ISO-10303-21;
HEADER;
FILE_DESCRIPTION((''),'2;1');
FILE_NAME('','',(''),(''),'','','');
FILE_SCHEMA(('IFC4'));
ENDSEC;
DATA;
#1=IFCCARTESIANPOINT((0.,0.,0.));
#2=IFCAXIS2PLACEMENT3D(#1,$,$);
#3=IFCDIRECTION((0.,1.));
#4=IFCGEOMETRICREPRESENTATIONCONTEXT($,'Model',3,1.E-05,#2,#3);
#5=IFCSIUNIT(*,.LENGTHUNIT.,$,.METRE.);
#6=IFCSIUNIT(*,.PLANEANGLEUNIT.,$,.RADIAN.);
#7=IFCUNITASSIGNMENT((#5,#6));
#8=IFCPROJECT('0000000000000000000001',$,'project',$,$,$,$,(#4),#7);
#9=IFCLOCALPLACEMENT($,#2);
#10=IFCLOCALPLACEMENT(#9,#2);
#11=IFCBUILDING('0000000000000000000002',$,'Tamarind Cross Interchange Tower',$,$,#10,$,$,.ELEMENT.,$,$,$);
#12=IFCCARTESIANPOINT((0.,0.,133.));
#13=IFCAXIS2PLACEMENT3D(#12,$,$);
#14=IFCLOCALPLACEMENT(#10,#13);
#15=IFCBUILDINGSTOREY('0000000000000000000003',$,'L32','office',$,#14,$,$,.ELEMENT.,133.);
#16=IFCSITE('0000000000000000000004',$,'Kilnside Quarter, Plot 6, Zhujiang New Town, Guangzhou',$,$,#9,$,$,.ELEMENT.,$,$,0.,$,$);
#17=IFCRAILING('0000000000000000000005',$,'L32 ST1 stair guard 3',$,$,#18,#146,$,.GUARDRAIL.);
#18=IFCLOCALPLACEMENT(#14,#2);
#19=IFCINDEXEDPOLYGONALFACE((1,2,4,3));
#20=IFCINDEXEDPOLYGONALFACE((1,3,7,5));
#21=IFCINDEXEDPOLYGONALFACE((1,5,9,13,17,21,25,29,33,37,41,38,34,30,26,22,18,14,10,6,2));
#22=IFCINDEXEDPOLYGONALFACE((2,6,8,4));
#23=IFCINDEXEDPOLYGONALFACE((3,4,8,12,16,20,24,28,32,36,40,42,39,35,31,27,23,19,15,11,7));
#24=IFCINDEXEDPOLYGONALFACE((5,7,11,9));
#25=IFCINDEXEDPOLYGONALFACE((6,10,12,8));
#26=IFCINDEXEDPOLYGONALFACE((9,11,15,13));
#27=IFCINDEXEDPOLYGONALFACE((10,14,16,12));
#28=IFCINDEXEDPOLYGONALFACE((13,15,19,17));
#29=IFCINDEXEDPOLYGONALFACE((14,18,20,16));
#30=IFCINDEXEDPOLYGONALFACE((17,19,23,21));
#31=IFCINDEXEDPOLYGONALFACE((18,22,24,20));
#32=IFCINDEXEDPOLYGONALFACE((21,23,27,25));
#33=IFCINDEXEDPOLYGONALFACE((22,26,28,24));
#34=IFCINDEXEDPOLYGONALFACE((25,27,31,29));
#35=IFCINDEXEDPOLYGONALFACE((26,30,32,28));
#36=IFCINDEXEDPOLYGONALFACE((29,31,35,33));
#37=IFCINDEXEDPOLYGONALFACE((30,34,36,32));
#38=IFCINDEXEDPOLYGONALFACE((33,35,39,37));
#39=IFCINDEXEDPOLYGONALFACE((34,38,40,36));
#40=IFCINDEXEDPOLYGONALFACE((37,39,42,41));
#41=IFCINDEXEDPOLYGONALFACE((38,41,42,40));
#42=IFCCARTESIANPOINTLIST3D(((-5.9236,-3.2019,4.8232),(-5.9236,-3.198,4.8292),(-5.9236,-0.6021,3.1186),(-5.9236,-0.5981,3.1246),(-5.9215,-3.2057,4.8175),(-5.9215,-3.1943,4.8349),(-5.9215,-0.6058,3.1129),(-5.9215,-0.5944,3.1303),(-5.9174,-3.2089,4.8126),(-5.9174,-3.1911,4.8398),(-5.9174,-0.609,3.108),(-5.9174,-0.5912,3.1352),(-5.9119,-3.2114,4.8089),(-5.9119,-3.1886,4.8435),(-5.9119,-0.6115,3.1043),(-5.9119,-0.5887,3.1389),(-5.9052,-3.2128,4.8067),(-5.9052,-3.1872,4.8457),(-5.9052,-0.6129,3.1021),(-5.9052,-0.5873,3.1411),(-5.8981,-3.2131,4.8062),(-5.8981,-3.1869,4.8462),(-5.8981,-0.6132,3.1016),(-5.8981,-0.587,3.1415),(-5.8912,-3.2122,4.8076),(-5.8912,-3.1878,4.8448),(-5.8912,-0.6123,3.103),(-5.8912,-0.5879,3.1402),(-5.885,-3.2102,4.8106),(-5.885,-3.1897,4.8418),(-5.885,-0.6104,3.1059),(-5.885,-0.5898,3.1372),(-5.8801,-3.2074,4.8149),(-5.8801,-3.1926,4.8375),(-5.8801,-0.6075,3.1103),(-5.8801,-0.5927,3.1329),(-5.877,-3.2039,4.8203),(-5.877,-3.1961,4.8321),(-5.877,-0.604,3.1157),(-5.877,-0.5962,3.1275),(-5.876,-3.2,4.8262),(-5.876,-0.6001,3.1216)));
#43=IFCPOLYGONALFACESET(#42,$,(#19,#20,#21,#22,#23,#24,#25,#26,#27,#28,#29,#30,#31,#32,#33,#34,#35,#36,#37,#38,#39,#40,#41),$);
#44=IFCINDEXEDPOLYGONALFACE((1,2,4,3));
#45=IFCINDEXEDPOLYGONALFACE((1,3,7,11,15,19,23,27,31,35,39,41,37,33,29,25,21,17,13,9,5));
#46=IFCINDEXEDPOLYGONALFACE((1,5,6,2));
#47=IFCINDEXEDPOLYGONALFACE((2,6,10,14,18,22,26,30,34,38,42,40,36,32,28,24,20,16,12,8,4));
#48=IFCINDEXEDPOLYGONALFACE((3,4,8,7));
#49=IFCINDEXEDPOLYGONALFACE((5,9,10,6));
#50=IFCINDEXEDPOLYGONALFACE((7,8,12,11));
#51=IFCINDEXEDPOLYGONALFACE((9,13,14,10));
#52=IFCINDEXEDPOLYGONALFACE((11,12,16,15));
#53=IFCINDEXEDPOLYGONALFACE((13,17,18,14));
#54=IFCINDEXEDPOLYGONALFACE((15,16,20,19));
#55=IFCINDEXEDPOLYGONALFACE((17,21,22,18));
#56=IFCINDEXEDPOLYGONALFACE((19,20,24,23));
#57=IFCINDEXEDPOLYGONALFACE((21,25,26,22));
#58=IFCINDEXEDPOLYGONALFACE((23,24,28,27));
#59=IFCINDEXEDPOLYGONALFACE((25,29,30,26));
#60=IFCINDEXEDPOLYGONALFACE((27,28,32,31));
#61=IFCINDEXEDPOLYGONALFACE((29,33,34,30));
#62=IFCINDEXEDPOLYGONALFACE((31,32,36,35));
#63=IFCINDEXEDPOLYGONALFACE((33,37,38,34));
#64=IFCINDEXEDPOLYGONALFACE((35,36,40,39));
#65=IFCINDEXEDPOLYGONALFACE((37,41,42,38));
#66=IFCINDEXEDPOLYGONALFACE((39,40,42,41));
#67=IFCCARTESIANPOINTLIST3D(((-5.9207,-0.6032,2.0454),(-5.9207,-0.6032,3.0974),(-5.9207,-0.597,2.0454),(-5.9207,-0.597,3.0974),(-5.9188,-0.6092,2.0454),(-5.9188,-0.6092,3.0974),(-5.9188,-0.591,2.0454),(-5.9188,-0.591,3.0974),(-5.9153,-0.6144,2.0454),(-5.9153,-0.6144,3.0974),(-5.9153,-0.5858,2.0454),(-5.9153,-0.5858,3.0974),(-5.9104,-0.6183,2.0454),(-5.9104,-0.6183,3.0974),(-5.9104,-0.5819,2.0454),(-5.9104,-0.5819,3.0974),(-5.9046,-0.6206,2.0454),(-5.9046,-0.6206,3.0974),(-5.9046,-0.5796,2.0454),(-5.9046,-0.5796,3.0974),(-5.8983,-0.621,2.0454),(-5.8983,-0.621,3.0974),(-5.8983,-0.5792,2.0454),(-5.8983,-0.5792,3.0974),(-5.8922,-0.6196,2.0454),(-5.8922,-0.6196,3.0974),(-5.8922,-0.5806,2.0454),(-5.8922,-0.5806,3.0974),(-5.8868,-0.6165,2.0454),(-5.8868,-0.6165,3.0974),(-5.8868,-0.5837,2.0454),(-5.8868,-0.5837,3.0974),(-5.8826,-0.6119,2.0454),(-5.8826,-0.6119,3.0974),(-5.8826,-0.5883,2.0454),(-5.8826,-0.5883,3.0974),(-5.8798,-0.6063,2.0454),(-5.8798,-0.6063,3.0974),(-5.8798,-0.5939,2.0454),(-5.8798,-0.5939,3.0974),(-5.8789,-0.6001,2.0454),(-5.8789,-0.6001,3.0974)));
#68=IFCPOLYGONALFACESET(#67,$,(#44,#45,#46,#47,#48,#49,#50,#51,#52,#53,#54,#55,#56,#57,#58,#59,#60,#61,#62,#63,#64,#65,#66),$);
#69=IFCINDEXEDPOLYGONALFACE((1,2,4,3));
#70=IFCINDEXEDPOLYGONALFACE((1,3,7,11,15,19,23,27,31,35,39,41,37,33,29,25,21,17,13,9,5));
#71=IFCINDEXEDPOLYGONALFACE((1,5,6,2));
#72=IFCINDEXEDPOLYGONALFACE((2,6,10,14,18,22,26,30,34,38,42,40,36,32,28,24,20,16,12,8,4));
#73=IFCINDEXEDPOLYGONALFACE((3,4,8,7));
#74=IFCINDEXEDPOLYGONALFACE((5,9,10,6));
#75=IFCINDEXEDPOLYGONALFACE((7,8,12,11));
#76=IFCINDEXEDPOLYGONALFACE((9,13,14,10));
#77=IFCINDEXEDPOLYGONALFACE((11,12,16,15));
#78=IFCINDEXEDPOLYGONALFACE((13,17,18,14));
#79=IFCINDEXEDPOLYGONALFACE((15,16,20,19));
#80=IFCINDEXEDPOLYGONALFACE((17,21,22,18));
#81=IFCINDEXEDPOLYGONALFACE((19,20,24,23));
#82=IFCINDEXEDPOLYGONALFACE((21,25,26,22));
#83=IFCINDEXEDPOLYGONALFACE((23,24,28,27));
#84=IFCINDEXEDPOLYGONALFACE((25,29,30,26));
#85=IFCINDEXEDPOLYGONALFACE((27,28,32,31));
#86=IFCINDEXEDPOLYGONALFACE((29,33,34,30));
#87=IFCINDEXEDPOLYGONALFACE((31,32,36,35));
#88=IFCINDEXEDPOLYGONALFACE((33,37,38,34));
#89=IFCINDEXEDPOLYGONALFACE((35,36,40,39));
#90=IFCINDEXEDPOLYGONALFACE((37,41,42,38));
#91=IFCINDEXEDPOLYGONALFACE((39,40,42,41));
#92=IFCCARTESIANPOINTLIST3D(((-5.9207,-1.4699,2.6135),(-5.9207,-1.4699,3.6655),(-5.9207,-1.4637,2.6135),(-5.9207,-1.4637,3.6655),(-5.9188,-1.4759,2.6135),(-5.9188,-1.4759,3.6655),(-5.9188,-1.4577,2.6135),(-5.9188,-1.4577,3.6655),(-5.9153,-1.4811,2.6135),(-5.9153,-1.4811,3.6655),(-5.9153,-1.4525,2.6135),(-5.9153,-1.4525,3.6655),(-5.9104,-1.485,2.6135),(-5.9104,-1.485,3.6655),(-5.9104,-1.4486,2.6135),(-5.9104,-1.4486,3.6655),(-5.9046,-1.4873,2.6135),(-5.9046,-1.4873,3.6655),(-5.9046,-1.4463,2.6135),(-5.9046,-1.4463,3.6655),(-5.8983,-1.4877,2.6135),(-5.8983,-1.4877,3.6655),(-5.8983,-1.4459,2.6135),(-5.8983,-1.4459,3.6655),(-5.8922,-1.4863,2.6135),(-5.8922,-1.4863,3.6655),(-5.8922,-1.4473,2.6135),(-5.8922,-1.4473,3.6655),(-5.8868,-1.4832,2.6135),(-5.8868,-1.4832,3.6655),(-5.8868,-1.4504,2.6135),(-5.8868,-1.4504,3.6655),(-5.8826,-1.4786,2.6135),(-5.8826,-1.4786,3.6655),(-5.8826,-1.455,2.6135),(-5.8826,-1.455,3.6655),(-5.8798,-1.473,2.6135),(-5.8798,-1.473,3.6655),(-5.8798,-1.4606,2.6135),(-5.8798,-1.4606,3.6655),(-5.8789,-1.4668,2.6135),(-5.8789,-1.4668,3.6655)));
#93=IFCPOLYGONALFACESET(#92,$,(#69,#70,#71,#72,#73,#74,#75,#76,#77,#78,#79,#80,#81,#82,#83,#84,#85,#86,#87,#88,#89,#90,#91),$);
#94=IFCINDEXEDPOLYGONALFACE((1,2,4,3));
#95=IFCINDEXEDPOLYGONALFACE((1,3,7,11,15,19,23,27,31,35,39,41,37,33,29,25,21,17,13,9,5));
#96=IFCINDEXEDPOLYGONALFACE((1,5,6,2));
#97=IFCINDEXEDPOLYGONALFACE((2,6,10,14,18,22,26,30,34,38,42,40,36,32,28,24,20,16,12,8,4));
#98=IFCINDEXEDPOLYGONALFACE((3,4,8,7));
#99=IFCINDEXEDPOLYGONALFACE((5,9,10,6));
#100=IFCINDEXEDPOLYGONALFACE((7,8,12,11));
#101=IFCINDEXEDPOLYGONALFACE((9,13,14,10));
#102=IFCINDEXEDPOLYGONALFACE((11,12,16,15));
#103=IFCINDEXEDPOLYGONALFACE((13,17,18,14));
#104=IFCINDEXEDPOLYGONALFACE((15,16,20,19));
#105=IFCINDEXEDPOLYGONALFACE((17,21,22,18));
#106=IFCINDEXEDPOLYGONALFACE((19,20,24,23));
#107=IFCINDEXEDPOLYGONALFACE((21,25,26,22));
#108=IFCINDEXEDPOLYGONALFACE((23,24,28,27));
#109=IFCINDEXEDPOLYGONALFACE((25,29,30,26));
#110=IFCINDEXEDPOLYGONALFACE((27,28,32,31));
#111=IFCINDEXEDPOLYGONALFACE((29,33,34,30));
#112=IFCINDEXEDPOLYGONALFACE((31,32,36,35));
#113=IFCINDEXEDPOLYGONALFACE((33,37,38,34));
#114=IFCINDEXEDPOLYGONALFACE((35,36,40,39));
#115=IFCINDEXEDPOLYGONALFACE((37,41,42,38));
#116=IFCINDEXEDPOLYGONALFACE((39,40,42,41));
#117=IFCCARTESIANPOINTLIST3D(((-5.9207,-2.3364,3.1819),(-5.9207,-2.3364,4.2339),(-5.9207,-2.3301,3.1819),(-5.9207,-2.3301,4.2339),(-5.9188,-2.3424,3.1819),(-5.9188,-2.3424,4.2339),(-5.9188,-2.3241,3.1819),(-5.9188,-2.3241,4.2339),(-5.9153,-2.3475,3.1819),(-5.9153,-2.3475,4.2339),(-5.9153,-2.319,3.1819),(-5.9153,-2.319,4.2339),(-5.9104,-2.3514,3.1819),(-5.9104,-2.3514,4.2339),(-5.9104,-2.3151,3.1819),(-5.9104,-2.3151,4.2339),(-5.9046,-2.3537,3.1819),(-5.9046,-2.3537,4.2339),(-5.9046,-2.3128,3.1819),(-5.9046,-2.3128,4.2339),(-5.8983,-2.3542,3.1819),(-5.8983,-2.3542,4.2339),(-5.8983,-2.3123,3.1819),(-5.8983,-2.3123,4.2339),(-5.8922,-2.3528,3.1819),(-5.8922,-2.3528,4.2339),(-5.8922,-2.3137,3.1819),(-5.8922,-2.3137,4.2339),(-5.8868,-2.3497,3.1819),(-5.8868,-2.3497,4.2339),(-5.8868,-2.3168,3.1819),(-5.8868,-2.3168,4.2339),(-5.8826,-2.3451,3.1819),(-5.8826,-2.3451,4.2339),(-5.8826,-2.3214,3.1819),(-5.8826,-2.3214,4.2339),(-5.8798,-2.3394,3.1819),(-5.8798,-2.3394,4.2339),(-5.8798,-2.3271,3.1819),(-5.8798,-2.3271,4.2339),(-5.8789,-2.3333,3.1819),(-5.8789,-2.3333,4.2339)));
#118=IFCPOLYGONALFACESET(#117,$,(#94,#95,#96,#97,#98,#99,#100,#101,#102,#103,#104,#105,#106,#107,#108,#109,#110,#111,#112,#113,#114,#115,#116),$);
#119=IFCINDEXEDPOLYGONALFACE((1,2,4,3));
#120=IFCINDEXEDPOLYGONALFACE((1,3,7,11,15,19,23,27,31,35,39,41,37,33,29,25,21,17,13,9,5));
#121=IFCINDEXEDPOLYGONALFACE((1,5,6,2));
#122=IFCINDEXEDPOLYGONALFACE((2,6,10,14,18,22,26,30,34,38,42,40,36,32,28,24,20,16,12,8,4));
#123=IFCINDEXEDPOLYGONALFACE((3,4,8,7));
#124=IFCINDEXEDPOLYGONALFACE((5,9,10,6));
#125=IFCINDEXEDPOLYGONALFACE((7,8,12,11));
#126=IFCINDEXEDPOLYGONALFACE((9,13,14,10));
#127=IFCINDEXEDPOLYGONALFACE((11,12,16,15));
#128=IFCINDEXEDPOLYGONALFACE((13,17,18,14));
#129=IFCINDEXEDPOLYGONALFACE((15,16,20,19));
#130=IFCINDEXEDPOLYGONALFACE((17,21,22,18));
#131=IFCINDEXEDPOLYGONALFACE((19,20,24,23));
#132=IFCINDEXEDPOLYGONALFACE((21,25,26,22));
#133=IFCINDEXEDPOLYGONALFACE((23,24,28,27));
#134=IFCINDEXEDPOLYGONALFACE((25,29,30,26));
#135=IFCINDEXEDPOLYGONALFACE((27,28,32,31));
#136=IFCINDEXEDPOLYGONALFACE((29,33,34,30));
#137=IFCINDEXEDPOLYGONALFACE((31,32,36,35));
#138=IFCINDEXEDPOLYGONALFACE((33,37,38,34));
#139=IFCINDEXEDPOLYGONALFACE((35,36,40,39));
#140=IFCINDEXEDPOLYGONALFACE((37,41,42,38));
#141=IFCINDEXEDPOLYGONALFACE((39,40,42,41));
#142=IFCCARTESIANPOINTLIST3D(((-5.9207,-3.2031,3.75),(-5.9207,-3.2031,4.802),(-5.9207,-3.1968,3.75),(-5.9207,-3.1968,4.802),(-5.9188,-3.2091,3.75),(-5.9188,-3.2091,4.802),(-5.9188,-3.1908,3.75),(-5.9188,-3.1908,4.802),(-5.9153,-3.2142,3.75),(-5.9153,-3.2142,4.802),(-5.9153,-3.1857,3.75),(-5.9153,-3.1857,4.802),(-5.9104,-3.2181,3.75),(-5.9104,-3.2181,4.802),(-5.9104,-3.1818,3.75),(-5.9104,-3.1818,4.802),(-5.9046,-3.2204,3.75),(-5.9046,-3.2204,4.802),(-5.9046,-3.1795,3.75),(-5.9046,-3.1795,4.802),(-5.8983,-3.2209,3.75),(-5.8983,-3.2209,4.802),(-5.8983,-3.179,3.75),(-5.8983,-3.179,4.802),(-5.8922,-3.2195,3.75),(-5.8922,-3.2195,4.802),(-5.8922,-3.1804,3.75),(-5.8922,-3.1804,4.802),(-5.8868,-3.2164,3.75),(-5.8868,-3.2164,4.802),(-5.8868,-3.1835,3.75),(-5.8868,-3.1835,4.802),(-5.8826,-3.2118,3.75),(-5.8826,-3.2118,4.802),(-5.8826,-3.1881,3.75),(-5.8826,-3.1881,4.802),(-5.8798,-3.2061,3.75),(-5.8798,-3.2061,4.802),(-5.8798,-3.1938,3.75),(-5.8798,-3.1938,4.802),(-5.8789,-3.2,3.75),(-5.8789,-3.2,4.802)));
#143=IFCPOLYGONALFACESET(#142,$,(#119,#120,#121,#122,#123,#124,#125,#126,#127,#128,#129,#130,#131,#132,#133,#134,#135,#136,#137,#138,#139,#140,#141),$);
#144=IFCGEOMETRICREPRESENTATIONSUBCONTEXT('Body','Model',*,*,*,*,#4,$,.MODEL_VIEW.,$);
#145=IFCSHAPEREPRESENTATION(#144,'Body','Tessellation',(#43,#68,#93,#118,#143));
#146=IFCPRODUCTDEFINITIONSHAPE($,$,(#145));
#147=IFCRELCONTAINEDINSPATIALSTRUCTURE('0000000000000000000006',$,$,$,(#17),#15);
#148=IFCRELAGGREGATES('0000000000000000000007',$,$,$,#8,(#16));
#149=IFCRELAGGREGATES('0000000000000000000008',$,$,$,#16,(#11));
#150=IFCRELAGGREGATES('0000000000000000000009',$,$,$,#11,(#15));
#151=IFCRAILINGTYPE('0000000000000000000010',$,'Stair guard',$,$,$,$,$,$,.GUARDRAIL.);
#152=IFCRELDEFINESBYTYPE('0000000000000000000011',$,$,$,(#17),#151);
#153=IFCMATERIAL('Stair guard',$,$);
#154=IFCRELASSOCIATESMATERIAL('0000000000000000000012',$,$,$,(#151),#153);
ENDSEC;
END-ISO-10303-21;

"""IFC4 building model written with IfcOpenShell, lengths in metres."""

from ifc_helpers import new_model, si_unit, direction, frame, origin, origin_2d, place, context, subcontext, project, spatial, circle, extrude, material, type_object, element, save


model = new_model("IFC4")

# Units and contexts
model_context = context("Model", 3, precision=1e-05, world=origin(), true_north=direction((0.0, 1.0)))
body_context = subcontext(model_context, "Body", "Model", "MODEL_VIEW")
ifc_project = project(units=[si_unit("LENGTHUNIT", "METRE"), si_unit("PLANEANGLEUNIT", "RADIAN")], contexts=[model_context])

# Site, building, storey
site_placement = place(None, origin())
site = spatial("IfcSite", under=ifc_project, at=site_placement, Name="Kilnside Quarter, Plot 6, Zhujiang New Town, Guangzhou", CompositionType="ELEMENT", RefElevation=0.0)
building_placement = place(site_placement, origin())
building = spatial("IfcBuilding", under=site, at=building_placement, Name="Tamarind Cross Interchange Tower", CompositionType="ELEMENT")
storey_placement = place(building_placement, frame((0.0, 0.0, 133.0)))
storey = spatial("IfcBuildingStorey", under=building, at=storey_placement, Name="L32", Description="office", CompositionType="ELEMENT", Elevation=133.0)

# Railing
ifc_material_1 = material(Name="Stair guard")
railing_type_1 = type_object("IfcRailingType", Name="Stair guard", PredefinedType="GUARDRAIL", material=ifc_material_1)
railing_1_placement = place(storey_placement, frame((-5.8999, -0.6001, 2.0454)))
element("IfcRailing", 1, at=railing_1_placement, inside=storey, type_object=railing_type_1, Name="L32 ST1 stair guard 3", PredefinedType="GUARDRAIL", context=body_context, shape_type="SweptSolid", body=[
    extrude(circle(Radius=0.0239, at=origin_2d()), frame((0.0, 0.0, 1.0762), z_axis=(0.0, -0.836279, 0.548305), x_axis=(1.0, 0.0, 0.0)), (0.0, 0.0, 1.0), 3.1089),
    extrude(circle(Radius=0.021, at=origin_2d()), origin(), (0.0, 0.0, 1.0), 1.052),
    extrude(circle(Radius=0.021, at=origin_2d()), frame((0.0, -0.8667, 0.5681)), (0.0, 0.0, 1.0), 1.052),
    extrude(circle(Radius=0.021, at=origin_2d()), frame((0.0, -1.7332, 1.1365)), (0.0, 0.0, 1.0), 1.052),
    extrude(circle(Radius=0.021, at=origin_2d()), frame((0.0, -2.5999, 1.7046)), (0.0, 0.0, 1.0), 1.052),
])

save(model, "model.ifc")
